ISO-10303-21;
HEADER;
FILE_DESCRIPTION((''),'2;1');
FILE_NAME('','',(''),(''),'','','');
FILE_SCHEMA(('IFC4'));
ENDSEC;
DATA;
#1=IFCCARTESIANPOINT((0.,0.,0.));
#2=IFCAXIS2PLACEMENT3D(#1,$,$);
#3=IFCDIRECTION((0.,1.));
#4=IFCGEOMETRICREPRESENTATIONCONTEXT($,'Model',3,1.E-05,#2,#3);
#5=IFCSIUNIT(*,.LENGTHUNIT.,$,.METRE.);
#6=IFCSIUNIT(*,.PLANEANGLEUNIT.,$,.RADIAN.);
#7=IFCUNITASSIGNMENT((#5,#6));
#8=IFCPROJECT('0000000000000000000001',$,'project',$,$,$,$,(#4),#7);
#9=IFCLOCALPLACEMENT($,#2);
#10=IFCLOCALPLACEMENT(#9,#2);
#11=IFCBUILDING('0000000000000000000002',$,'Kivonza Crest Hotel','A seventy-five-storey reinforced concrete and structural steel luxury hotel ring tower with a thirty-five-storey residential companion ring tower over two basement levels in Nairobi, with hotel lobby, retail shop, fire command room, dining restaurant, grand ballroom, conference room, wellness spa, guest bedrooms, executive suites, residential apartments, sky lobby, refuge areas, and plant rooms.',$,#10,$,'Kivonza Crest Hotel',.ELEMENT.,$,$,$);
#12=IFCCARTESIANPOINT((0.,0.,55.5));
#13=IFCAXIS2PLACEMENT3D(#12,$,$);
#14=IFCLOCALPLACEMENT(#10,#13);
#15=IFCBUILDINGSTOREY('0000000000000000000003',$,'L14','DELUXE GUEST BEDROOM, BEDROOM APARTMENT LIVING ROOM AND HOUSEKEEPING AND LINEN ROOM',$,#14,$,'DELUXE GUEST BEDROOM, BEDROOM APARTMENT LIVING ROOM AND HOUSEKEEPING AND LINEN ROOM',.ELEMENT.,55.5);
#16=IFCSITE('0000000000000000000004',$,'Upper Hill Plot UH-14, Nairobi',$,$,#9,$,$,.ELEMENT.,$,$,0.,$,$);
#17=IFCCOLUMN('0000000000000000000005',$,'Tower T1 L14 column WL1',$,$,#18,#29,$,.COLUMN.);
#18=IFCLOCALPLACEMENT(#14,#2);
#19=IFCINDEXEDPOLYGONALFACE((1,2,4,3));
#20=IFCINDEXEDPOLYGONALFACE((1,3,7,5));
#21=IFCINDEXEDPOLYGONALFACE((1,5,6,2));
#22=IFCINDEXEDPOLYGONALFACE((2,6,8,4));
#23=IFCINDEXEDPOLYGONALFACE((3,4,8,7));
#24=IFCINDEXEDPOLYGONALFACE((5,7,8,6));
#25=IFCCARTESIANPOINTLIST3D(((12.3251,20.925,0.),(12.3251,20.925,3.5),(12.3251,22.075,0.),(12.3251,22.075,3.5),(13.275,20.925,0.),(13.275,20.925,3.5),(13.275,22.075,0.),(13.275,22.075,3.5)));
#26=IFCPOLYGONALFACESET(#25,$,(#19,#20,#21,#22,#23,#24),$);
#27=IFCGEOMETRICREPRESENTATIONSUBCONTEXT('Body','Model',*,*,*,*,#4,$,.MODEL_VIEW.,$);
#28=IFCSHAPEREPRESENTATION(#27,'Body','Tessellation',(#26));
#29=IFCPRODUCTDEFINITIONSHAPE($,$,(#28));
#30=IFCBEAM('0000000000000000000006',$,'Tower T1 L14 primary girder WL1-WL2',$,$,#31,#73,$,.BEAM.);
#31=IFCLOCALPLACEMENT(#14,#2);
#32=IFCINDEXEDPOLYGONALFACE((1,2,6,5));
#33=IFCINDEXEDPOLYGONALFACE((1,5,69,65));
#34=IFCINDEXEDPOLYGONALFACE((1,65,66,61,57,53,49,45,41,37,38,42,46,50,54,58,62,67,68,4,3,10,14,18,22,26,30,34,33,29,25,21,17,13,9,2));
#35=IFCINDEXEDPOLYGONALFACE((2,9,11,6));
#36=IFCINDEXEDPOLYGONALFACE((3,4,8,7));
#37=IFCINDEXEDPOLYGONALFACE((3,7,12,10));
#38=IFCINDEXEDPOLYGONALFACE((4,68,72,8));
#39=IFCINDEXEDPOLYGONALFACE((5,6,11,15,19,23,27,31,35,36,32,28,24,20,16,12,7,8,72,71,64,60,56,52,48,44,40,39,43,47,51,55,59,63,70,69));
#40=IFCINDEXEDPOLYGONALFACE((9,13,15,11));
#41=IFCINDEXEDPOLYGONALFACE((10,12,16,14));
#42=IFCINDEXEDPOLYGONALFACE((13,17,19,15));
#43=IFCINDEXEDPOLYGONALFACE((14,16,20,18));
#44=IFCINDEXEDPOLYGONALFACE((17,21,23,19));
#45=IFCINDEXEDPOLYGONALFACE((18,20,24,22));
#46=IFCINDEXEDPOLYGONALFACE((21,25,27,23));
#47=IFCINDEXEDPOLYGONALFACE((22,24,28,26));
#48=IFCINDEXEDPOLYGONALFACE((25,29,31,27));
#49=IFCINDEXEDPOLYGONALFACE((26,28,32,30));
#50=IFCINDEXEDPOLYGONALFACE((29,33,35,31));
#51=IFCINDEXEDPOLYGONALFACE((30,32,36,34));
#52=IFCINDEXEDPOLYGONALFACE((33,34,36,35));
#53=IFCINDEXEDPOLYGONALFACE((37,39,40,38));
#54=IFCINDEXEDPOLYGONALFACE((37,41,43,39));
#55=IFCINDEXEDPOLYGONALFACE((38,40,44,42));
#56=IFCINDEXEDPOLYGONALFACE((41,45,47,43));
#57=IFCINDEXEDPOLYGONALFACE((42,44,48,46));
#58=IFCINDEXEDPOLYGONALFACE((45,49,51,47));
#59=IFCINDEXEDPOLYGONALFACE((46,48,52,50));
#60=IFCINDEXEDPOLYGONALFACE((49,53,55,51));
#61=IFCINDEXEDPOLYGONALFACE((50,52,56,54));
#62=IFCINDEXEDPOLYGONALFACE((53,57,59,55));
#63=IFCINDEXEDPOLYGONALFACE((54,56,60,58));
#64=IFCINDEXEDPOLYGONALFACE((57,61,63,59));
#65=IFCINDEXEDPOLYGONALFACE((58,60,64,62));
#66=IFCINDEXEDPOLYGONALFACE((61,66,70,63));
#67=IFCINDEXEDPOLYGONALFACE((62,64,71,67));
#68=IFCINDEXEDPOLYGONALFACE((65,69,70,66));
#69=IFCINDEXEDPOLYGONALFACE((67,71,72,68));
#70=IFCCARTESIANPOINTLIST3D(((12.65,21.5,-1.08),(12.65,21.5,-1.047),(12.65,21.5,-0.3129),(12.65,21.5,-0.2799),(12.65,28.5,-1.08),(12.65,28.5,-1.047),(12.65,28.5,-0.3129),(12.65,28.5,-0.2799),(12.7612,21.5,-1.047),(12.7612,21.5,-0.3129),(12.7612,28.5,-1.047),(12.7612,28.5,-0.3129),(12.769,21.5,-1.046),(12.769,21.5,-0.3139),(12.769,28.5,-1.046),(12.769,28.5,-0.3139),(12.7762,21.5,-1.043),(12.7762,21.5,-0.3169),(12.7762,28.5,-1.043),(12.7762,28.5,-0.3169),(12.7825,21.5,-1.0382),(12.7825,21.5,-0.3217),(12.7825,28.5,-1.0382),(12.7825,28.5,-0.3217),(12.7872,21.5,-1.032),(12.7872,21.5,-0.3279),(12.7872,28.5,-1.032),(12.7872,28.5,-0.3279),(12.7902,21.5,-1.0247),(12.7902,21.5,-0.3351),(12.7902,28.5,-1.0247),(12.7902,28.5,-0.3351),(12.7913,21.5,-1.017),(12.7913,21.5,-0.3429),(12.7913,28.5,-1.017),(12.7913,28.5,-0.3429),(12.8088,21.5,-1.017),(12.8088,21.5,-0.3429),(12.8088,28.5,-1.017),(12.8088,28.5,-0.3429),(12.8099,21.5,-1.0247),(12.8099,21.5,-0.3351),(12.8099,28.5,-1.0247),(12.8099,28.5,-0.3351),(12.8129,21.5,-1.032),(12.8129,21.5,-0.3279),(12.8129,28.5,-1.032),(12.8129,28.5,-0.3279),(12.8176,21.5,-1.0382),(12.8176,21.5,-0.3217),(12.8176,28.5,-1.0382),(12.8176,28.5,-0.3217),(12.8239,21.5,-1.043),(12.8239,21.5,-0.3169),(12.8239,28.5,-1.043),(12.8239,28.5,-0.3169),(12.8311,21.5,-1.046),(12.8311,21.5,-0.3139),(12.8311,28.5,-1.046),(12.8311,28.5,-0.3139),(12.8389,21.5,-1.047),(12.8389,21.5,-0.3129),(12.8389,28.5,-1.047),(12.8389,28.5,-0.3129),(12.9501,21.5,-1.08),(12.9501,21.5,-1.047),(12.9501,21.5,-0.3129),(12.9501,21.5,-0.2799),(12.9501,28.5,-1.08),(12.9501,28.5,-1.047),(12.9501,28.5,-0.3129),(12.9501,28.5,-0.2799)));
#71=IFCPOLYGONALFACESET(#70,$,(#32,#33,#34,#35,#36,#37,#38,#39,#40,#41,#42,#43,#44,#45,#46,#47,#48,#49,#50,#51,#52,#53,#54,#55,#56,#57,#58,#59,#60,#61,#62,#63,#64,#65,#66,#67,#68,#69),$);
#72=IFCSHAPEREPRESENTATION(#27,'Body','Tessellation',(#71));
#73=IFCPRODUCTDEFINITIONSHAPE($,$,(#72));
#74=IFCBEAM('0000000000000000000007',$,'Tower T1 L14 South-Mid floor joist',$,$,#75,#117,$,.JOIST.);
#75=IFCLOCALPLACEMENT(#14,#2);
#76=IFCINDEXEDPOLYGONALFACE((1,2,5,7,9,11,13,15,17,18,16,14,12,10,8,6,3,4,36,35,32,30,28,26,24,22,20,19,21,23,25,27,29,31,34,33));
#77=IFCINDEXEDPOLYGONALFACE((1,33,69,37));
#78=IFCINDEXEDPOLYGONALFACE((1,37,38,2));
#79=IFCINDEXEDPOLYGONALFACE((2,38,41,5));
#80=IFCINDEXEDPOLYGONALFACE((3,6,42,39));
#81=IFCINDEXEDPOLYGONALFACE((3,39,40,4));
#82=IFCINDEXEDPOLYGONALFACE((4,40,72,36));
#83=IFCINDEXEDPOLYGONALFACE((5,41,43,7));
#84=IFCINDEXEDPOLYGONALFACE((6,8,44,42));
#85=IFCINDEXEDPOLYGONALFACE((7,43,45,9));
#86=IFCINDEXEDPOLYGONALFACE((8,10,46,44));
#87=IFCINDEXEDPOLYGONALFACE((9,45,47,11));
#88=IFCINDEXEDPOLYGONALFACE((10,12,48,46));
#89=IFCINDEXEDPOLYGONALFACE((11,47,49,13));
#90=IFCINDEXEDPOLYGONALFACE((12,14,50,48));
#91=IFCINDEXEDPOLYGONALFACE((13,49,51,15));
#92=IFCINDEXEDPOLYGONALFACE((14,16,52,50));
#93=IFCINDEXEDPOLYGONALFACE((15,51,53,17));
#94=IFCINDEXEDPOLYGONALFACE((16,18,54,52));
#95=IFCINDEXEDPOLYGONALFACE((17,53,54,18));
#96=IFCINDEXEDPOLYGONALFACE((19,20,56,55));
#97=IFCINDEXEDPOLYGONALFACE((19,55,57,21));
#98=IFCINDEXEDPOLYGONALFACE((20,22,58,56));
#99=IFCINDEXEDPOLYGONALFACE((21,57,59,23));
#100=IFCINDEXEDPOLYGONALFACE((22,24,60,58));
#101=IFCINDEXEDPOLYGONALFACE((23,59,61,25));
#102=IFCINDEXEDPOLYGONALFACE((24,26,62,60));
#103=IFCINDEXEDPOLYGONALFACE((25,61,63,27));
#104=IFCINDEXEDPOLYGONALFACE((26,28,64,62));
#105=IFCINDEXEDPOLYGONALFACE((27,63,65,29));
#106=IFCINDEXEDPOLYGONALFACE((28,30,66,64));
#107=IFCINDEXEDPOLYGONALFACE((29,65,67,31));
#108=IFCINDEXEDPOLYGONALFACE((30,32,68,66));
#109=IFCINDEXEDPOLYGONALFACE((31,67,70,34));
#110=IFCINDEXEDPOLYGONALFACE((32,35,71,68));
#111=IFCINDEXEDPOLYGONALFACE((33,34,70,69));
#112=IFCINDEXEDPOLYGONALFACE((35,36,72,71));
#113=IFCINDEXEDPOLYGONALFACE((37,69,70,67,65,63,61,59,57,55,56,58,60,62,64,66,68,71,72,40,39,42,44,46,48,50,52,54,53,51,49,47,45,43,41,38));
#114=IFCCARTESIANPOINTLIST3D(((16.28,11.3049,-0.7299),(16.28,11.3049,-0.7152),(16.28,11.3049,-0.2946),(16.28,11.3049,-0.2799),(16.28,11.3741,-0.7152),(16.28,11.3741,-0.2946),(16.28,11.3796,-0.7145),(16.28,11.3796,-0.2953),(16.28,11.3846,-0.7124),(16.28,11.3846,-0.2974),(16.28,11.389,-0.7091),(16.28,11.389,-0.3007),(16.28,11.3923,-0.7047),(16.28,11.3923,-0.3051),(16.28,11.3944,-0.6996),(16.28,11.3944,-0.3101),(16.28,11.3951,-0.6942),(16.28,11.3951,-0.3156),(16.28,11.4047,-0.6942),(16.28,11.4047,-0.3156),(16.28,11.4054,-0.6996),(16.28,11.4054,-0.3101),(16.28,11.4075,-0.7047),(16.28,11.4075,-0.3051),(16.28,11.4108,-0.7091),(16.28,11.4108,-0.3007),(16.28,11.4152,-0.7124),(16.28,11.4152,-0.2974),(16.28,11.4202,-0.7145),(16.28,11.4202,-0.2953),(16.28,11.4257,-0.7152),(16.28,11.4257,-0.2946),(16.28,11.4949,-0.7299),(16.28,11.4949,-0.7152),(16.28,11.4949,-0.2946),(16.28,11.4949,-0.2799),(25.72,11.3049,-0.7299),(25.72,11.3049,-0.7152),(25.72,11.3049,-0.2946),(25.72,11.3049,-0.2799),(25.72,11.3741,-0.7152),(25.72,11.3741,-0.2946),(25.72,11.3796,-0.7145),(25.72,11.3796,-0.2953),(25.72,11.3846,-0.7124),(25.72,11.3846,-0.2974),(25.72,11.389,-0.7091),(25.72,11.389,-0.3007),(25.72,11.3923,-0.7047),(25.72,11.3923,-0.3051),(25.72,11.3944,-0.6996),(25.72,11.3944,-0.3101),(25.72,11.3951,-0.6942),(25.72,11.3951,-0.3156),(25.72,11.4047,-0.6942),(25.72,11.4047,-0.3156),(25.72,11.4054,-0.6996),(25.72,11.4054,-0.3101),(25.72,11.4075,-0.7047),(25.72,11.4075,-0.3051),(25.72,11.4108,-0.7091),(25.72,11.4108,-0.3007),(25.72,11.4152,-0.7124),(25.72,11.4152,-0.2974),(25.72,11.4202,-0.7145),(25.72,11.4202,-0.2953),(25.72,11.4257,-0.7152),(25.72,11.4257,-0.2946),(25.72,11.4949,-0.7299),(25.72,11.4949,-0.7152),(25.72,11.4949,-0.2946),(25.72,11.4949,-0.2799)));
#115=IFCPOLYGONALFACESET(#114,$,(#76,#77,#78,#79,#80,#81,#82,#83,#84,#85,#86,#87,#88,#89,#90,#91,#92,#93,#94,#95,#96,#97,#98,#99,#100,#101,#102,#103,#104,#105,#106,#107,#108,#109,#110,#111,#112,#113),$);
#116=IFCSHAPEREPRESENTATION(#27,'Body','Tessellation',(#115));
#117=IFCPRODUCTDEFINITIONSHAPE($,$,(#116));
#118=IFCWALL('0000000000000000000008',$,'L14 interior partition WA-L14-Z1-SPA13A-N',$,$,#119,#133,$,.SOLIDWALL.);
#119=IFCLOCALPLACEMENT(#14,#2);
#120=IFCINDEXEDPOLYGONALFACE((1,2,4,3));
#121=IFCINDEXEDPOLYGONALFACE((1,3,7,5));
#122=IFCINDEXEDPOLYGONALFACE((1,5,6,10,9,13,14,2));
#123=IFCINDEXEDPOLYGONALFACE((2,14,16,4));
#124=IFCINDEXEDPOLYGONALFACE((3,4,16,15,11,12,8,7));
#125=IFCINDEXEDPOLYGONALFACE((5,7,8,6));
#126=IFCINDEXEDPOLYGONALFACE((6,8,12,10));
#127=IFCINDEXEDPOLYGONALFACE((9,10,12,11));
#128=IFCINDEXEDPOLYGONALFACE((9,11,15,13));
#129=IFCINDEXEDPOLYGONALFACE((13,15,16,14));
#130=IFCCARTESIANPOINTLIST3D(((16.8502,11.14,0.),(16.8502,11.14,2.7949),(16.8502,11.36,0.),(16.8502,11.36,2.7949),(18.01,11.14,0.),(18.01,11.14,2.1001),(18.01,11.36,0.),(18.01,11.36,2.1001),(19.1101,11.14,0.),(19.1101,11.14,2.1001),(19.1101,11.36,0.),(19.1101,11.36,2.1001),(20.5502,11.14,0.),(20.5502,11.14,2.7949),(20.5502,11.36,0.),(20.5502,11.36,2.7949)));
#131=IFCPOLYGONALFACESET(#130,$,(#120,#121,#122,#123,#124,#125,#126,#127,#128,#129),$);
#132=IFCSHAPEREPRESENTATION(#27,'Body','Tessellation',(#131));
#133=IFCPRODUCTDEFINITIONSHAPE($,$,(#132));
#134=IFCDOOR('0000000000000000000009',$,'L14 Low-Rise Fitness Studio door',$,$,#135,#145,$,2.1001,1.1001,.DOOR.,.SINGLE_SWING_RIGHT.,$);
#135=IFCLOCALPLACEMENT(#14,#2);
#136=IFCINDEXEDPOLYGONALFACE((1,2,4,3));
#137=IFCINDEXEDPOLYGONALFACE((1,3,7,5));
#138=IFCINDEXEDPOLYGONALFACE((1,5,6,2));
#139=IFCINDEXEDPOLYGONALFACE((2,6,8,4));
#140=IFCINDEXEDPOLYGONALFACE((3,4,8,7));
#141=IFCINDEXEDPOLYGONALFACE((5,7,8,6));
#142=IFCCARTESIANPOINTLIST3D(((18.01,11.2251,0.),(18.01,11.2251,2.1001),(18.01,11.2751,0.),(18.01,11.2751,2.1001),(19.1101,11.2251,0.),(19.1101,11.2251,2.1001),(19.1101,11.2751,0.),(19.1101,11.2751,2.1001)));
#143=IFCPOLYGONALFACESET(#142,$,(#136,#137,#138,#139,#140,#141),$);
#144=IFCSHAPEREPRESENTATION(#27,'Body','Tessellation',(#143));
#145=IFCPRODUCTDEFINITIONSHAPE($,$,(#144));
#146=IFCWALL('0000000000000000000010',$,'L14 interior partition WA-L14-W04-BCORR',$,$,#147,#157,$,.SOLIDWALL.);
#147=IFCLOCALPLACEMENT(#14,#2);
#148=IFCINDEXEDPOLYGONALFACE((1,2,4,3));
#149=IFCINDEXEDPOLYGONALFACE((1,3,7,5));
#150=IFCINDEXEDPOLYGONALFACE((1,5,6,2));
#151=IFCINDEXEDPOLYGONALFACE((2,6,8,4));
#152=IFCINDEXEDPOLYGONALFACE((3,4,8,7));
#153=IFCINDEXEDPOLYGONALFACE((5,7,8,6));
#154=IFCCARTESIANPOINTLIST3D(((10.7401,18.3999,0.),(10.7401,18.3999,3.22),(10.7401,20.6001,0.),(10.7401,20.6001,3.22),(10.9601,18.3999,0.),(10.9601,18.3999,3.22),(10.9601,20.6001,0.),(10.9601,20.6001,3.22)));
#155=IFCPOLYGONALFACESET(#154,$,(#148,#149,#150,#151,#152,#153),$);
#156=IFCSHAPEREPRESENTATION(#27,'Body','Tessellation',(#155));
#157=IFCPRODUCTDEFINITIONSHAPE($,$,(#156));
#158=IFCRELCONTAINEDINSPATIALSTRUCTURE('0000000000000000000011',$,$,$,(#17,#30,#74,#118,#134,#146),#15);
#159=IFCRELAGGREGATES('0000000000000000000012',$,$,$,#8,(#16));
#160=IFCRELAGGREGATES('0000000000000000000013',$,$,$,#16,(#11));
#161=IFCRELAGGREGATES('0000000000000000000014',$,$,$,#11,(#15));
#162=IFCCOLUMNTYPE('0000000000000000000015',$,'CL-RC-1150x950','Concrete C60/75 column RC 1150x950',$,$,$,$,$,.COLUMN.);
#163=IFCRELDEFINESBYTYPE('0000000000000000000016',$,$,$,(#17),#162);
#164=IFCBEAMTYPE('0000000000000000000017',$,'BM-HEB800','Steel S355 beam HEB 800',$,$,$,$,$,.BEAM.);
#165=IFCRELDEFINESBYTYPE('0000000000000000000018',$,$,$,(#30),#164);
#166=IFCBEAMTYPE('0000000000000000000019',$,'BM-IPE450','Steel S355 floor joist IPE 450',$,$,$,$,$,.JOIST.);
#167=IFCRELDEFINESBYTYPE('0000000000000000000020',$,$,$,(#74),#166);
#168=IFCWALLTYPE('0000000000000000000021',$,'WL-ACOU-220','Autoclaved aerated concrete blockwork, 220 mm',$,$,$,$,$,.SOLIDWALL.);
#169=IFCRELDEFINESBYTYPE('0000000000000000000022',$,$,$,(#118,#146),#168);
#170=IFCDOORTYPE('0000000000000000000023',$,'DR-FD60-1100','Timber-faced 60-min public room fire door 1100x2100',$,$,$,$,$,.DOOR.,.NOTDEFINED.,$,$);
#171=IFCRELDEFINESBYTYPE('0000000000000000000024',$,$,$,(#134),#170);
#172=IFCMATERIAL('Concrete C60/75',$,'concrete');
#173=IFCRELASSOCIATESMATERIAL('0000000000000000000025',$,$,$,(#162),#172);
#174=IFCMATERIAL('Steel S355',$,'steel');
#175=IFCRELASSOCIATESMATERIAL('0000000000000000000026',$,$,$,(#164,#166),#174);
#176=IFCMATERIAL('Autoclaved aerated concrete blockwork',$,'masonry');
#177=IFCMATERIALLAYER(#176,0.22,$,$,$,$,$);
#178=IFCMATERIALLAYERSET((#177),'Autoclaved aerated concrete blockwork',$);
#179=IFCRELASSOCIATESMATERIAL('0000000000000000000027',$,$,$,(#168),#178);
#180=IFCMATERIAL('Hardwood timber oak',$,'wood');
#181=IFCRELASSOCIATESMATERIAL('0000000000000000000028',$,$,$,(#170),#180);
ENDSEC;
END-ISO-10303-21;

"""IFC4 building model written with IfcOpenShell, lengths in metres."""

from ifc_helpers import new_model, si_unit, direction, frame, frame_2d, origin, origin_2d, place, context, subcontext, project, spatial, rectangle, i_section, extrude, material, layer, layer_set, material_profile, profile_set, type_object, element, fill, save


model = new_model("IFC4")

# Units and contexts
model_context = context("Model", 3, precision=1e-05, world=origin(), true_north=direction((0.0, 1.0)))
body_context = subcontext(model_context, "Body", "Model", "MODEL_VIEW")
ifc_project = project(units=[si_unit("LENGTHUNIT", "METRE"), si_unit("PLANEANGLEUNIT", "RADIAN")], contexts=[model_context])

# Site, building, storey
site_placement = place(None, origin())
site = spatial("IfcSite", under=ifc_project, at=site_placement, Name="Upper Hill Plot UH-14, Nairobi", CompositionType="ELEMENT", RefElevation=0.0)
building_placement = place(site_placement, origin())
building = spatial("IfcBuilding", under=site, at=building_placement, Name="Kivonza Crest Hotel", Description="A seventy-five-storey reinforced concrete and structural steel luxury hotel ring tower with a thirty-five-storey residential companion ring tower over two basement levels in Nairobi, with hotel lobby, retail shop, fire command room, dining restaurant, grand ballroom, conference room, wellness spa, guest bedrooms, executive suites, residential apartments, sky lobby, refuge areas, and plant rooms.", LongName="Kivonza Crest Hotel", CompositionType="ELEMENT")
storey_placement = place(building_placement, frame((0.0, 0.0, 55.5)))
storey = spatial("IfcBuildingStorey", under=building, at=storey_placement, Name="L14", Description="DELUXE GUEST BEDROOM, BEDROOM APARTMENT LIVING ROOM AND HOUSEKEEPING AND LINEN ROOM", LongName="DELUXE GUEST BEDROOM, BEDROOM APARTMENT LIVING ROOM AND HOUSEKEEPING AND LINEN ROOM", CompositionType="ELEMENT", Elevation=55.5)

# Column
ifc_material_1 = material(Name="Concrete C60/75", Category="concrete")
ifc_material_profile_1 = material_profile(ifc_material_1, rectangle(XDim=0.95, YDim=1.1499, at=origin_2d()), Name="RC 1150x950")
ifc_profile_set_1 = profile_set([ifc_material_profile_1], Name="Concrete C60/75")
column_type = type_object("IfcColumnType", Name="CL-RC-1150x950", Description="Concrete C60/75 column RC 1150x950", PredefinedType="COLUMN", material=ifc_profile_set_1)
column_placement = place(storey_placement, frame((12.8, 21.5, 0.0), z_axis=(0.0, 0.0, 1.0), x_axis=(1.0, 0.0, 0.0)))
element("IfcColumn", 1, at=column_placement, inside=storey, type_object=column_type, Name="Tower T1 L14 column WL1", PredefinedType="COLUMN", context=body_context, shape_type="SweptSolid", body=[
    extrude(rectangle(XDim=0.95, YDim=1.1499, at=origin_2d()), origin(), (0.0, 0.0, 1.0), 3.5),
])

# Beams
ifc_material_2 = material(Name="Steel S355", Category="steel")
ifc_material_profile_2 = material_profile(ifc_material_2, i_section(OverallWidth=0.3, OverallDepth=0.8, WebThickness=0.0176, FlangeThickness=0.033, FilletRadius=0.03, at=origin_2d()), Name="HEB 800")
ifc_profile_set_2 = profile_set([ifc_material_profile_2], Name="Steel S355")
beam_type_1 = type_object("IfcBeamType", Name="BM-HEB800", Description="Steel S355 beam HEB 800", PredefinedType="BEAM", material=ifc_profile_set_2)
beam_1_placement = place(storey_placement, frame((12.8, 21.5, -0.6799), z_axis=(0.0, 1.0, 0.0), x_axis=(-1.0, 0.0, 0.0)))
element("IfcBeam", 2, at=beam_1_placement, inside=storey, type_object=beam_type_1, Name="Tower T1 L14 primary girder WL1-WL2", PredefinedType="BEAM", context=body_context, shape_type="SweptSolid", body=[
    extrude(i_section(OverallWidth=0.3, OverallDepth=0.8, WebThickness=0.0176, FlangeThickness=0.033, FilletRadius=0.03, at=origin_2d()), origin(), (0.0, 0.0, 1.0), 7.0),
])
ifc_material_profile_3 = material_profile(ifc_material_2, i_section(OverallWidth=0.1899, OverallDepth=0.45, WebThickness=0.0095, FlangeThickness=0.0146, FilletRadius=0.021, at=origin_2d()), Name="IPE 450")
ifc_profile_set_3 = profile_set([ifc_material_profile_3], Name="Steel S355")
beam_type_2 = type_object("IfcBeamType", Name="BM-IPE450", Description="Steel S355 floor joist IPE 450", PredefinedType="JOIST", material=ifc_profile_set_3)
beam_2_placement = place(storey_placement, frame((16.28, 11.3999, -0.5049), z_axis=(1.0, 0.0, 0.0), x_axis=(0.0, 1.0, 0.0)))
element("IfcBeam", 3, at=beam_2_placement, inside=storey, type_object=beam_type_2, Name="Tower T1 L14 South-Mid floor joist", PredefinedType="JOIST", context=body_context, shape_type="SweptSolid", body=[
    extrude(i_section(OverallWidth=0.1899, OverallDepth=0.45, WebThickness=0.0095, FlangeThickness=0.0146, FilletRadius=0.021, at=origin_2d()), origin(), (0.0, 0.0, 1.0), 9.4399),
])

# Wall, opening, door
ifc_material_3 = material(Name="Autoclaved aerated concrete blockwork", Category="masonry")
ifc_layer_1 = layer(ifc_material_3, 0.22)
ifc_layer_set_1 = layer_set([ifc_layer_1], Name="Autoclaved aerated concrete blockwork")
wall_type_1 = type_object("IfcWallType", Name="WL-ACOU-220", Description="Autoclaved aerated concrete blockwork, 220 mm", PredefinedType="SOLIDWALL", material=ifc_layer_set_1)
wall_1_placement = place(storey_placement, frame((16.8501, 11.25, 0.0), z_axis=(0.0, 0.0, 1.0), x_axis=(1.0, 0.0, 0.0)))
wall_1 = element("IfcWall", 4, at=wall_1_placement, inside=storey, type_object=wall_type_1, Name="L14 interior partition WA-L14-Z1-SPA13A-N", PredefinedType="SOLIDWALL", context=body_context, shape_type="SweptSolid", body=[
    extrude(rectangle(XDim=3.7, YDim=0.22, at=frame_2d((1.8501, 0.0))), origin(), (0.0, 0.0, 1.0), 2.7949),
])
opening_1_placement = place(wall_1_placement, frame((1.1599, 0.0, 0.0)))
opening_1 = element("IfcOpeningElement", 5, at=opening_1_placement, cuts=wall_1, PredefinedType="OPENING", context=body_context, shape_type="SweptSolid", body=[
    extrude(rectangle(XDim=1.1001, YDim=2.1001, at=frame_2d((0.55, 1.05))), frame((0.0, 0.1201, 0.0), z_axis=(0.0, -1.0, 0.0), x_axis=(1.0, 0.0, 0.0)), (0.0, 0.0, 1.0), 0.24),
])
ifc_material_4 = material(Name="Hardwood timber oak", Category="wood")
door_type_1 = type_object("IfcDoorType", Name="DR-FD60-1100", Description="Timber-faced 60-min public room fire door 1100x2100", OperationType="NOTDEFINED", PredefinedType="DOOR", material=ifc_material_4)
door_1_placement = place(opening_1_placement, frame((1.1001, 0.0, 0.0), z_axis=(0.0, 0.0, 1.0), x_axis=(-1.0, 0.0, 0.0)))
door_1 = element("IfcDoor", 6, at=door_1_placement, inside=storey, type_object=door_type_1, Name="L14 Low-Rise Fitness Studio door", OperationType="SINGLE_SWING_RIGHT", OverallHeight=2.1001, OverallWidth=1.1001, PredefinedType="DOOR", context=body_context, shape_type="SweptSolid", body=[
    extrude(rectangle(XDim=1.1001, YDim=2.1001, at=frame_2d((0.55, 1.05))), frame((0.0, 0.0249, 0.0), z_axis=(0.0, -1.0, 0.0), x_axis=(1.0, 0.0, 0.0)), (0.0, 0.0, 1.0), 0.05),
])
fill(opening_1, door_1)

# Wall
wall_2_placement = place(storey_placement, frame((10.8501, 18.3999, 0.0), z_axis=(0.0, 0.0, 1.0), x_axis=(0.0, 1.0, 0.0)))
element("IfcWall", 7, at=wall_2_placement, inside=storey, type_object=wall_type_1, Name="L14 interior partition WA-L14-W04-BCORR", PredefinedType="SOLIDWALL", context=body_context, shape_type="SweptSolid", body=[
    extrude(rectangle(XDim=2.2002, YDim=0.22, at=frame_2d((1.1001, 0.0))), origin(), (0.0, 0.0, 1.0), 3.22),
])

save(model, "model.ifc")
